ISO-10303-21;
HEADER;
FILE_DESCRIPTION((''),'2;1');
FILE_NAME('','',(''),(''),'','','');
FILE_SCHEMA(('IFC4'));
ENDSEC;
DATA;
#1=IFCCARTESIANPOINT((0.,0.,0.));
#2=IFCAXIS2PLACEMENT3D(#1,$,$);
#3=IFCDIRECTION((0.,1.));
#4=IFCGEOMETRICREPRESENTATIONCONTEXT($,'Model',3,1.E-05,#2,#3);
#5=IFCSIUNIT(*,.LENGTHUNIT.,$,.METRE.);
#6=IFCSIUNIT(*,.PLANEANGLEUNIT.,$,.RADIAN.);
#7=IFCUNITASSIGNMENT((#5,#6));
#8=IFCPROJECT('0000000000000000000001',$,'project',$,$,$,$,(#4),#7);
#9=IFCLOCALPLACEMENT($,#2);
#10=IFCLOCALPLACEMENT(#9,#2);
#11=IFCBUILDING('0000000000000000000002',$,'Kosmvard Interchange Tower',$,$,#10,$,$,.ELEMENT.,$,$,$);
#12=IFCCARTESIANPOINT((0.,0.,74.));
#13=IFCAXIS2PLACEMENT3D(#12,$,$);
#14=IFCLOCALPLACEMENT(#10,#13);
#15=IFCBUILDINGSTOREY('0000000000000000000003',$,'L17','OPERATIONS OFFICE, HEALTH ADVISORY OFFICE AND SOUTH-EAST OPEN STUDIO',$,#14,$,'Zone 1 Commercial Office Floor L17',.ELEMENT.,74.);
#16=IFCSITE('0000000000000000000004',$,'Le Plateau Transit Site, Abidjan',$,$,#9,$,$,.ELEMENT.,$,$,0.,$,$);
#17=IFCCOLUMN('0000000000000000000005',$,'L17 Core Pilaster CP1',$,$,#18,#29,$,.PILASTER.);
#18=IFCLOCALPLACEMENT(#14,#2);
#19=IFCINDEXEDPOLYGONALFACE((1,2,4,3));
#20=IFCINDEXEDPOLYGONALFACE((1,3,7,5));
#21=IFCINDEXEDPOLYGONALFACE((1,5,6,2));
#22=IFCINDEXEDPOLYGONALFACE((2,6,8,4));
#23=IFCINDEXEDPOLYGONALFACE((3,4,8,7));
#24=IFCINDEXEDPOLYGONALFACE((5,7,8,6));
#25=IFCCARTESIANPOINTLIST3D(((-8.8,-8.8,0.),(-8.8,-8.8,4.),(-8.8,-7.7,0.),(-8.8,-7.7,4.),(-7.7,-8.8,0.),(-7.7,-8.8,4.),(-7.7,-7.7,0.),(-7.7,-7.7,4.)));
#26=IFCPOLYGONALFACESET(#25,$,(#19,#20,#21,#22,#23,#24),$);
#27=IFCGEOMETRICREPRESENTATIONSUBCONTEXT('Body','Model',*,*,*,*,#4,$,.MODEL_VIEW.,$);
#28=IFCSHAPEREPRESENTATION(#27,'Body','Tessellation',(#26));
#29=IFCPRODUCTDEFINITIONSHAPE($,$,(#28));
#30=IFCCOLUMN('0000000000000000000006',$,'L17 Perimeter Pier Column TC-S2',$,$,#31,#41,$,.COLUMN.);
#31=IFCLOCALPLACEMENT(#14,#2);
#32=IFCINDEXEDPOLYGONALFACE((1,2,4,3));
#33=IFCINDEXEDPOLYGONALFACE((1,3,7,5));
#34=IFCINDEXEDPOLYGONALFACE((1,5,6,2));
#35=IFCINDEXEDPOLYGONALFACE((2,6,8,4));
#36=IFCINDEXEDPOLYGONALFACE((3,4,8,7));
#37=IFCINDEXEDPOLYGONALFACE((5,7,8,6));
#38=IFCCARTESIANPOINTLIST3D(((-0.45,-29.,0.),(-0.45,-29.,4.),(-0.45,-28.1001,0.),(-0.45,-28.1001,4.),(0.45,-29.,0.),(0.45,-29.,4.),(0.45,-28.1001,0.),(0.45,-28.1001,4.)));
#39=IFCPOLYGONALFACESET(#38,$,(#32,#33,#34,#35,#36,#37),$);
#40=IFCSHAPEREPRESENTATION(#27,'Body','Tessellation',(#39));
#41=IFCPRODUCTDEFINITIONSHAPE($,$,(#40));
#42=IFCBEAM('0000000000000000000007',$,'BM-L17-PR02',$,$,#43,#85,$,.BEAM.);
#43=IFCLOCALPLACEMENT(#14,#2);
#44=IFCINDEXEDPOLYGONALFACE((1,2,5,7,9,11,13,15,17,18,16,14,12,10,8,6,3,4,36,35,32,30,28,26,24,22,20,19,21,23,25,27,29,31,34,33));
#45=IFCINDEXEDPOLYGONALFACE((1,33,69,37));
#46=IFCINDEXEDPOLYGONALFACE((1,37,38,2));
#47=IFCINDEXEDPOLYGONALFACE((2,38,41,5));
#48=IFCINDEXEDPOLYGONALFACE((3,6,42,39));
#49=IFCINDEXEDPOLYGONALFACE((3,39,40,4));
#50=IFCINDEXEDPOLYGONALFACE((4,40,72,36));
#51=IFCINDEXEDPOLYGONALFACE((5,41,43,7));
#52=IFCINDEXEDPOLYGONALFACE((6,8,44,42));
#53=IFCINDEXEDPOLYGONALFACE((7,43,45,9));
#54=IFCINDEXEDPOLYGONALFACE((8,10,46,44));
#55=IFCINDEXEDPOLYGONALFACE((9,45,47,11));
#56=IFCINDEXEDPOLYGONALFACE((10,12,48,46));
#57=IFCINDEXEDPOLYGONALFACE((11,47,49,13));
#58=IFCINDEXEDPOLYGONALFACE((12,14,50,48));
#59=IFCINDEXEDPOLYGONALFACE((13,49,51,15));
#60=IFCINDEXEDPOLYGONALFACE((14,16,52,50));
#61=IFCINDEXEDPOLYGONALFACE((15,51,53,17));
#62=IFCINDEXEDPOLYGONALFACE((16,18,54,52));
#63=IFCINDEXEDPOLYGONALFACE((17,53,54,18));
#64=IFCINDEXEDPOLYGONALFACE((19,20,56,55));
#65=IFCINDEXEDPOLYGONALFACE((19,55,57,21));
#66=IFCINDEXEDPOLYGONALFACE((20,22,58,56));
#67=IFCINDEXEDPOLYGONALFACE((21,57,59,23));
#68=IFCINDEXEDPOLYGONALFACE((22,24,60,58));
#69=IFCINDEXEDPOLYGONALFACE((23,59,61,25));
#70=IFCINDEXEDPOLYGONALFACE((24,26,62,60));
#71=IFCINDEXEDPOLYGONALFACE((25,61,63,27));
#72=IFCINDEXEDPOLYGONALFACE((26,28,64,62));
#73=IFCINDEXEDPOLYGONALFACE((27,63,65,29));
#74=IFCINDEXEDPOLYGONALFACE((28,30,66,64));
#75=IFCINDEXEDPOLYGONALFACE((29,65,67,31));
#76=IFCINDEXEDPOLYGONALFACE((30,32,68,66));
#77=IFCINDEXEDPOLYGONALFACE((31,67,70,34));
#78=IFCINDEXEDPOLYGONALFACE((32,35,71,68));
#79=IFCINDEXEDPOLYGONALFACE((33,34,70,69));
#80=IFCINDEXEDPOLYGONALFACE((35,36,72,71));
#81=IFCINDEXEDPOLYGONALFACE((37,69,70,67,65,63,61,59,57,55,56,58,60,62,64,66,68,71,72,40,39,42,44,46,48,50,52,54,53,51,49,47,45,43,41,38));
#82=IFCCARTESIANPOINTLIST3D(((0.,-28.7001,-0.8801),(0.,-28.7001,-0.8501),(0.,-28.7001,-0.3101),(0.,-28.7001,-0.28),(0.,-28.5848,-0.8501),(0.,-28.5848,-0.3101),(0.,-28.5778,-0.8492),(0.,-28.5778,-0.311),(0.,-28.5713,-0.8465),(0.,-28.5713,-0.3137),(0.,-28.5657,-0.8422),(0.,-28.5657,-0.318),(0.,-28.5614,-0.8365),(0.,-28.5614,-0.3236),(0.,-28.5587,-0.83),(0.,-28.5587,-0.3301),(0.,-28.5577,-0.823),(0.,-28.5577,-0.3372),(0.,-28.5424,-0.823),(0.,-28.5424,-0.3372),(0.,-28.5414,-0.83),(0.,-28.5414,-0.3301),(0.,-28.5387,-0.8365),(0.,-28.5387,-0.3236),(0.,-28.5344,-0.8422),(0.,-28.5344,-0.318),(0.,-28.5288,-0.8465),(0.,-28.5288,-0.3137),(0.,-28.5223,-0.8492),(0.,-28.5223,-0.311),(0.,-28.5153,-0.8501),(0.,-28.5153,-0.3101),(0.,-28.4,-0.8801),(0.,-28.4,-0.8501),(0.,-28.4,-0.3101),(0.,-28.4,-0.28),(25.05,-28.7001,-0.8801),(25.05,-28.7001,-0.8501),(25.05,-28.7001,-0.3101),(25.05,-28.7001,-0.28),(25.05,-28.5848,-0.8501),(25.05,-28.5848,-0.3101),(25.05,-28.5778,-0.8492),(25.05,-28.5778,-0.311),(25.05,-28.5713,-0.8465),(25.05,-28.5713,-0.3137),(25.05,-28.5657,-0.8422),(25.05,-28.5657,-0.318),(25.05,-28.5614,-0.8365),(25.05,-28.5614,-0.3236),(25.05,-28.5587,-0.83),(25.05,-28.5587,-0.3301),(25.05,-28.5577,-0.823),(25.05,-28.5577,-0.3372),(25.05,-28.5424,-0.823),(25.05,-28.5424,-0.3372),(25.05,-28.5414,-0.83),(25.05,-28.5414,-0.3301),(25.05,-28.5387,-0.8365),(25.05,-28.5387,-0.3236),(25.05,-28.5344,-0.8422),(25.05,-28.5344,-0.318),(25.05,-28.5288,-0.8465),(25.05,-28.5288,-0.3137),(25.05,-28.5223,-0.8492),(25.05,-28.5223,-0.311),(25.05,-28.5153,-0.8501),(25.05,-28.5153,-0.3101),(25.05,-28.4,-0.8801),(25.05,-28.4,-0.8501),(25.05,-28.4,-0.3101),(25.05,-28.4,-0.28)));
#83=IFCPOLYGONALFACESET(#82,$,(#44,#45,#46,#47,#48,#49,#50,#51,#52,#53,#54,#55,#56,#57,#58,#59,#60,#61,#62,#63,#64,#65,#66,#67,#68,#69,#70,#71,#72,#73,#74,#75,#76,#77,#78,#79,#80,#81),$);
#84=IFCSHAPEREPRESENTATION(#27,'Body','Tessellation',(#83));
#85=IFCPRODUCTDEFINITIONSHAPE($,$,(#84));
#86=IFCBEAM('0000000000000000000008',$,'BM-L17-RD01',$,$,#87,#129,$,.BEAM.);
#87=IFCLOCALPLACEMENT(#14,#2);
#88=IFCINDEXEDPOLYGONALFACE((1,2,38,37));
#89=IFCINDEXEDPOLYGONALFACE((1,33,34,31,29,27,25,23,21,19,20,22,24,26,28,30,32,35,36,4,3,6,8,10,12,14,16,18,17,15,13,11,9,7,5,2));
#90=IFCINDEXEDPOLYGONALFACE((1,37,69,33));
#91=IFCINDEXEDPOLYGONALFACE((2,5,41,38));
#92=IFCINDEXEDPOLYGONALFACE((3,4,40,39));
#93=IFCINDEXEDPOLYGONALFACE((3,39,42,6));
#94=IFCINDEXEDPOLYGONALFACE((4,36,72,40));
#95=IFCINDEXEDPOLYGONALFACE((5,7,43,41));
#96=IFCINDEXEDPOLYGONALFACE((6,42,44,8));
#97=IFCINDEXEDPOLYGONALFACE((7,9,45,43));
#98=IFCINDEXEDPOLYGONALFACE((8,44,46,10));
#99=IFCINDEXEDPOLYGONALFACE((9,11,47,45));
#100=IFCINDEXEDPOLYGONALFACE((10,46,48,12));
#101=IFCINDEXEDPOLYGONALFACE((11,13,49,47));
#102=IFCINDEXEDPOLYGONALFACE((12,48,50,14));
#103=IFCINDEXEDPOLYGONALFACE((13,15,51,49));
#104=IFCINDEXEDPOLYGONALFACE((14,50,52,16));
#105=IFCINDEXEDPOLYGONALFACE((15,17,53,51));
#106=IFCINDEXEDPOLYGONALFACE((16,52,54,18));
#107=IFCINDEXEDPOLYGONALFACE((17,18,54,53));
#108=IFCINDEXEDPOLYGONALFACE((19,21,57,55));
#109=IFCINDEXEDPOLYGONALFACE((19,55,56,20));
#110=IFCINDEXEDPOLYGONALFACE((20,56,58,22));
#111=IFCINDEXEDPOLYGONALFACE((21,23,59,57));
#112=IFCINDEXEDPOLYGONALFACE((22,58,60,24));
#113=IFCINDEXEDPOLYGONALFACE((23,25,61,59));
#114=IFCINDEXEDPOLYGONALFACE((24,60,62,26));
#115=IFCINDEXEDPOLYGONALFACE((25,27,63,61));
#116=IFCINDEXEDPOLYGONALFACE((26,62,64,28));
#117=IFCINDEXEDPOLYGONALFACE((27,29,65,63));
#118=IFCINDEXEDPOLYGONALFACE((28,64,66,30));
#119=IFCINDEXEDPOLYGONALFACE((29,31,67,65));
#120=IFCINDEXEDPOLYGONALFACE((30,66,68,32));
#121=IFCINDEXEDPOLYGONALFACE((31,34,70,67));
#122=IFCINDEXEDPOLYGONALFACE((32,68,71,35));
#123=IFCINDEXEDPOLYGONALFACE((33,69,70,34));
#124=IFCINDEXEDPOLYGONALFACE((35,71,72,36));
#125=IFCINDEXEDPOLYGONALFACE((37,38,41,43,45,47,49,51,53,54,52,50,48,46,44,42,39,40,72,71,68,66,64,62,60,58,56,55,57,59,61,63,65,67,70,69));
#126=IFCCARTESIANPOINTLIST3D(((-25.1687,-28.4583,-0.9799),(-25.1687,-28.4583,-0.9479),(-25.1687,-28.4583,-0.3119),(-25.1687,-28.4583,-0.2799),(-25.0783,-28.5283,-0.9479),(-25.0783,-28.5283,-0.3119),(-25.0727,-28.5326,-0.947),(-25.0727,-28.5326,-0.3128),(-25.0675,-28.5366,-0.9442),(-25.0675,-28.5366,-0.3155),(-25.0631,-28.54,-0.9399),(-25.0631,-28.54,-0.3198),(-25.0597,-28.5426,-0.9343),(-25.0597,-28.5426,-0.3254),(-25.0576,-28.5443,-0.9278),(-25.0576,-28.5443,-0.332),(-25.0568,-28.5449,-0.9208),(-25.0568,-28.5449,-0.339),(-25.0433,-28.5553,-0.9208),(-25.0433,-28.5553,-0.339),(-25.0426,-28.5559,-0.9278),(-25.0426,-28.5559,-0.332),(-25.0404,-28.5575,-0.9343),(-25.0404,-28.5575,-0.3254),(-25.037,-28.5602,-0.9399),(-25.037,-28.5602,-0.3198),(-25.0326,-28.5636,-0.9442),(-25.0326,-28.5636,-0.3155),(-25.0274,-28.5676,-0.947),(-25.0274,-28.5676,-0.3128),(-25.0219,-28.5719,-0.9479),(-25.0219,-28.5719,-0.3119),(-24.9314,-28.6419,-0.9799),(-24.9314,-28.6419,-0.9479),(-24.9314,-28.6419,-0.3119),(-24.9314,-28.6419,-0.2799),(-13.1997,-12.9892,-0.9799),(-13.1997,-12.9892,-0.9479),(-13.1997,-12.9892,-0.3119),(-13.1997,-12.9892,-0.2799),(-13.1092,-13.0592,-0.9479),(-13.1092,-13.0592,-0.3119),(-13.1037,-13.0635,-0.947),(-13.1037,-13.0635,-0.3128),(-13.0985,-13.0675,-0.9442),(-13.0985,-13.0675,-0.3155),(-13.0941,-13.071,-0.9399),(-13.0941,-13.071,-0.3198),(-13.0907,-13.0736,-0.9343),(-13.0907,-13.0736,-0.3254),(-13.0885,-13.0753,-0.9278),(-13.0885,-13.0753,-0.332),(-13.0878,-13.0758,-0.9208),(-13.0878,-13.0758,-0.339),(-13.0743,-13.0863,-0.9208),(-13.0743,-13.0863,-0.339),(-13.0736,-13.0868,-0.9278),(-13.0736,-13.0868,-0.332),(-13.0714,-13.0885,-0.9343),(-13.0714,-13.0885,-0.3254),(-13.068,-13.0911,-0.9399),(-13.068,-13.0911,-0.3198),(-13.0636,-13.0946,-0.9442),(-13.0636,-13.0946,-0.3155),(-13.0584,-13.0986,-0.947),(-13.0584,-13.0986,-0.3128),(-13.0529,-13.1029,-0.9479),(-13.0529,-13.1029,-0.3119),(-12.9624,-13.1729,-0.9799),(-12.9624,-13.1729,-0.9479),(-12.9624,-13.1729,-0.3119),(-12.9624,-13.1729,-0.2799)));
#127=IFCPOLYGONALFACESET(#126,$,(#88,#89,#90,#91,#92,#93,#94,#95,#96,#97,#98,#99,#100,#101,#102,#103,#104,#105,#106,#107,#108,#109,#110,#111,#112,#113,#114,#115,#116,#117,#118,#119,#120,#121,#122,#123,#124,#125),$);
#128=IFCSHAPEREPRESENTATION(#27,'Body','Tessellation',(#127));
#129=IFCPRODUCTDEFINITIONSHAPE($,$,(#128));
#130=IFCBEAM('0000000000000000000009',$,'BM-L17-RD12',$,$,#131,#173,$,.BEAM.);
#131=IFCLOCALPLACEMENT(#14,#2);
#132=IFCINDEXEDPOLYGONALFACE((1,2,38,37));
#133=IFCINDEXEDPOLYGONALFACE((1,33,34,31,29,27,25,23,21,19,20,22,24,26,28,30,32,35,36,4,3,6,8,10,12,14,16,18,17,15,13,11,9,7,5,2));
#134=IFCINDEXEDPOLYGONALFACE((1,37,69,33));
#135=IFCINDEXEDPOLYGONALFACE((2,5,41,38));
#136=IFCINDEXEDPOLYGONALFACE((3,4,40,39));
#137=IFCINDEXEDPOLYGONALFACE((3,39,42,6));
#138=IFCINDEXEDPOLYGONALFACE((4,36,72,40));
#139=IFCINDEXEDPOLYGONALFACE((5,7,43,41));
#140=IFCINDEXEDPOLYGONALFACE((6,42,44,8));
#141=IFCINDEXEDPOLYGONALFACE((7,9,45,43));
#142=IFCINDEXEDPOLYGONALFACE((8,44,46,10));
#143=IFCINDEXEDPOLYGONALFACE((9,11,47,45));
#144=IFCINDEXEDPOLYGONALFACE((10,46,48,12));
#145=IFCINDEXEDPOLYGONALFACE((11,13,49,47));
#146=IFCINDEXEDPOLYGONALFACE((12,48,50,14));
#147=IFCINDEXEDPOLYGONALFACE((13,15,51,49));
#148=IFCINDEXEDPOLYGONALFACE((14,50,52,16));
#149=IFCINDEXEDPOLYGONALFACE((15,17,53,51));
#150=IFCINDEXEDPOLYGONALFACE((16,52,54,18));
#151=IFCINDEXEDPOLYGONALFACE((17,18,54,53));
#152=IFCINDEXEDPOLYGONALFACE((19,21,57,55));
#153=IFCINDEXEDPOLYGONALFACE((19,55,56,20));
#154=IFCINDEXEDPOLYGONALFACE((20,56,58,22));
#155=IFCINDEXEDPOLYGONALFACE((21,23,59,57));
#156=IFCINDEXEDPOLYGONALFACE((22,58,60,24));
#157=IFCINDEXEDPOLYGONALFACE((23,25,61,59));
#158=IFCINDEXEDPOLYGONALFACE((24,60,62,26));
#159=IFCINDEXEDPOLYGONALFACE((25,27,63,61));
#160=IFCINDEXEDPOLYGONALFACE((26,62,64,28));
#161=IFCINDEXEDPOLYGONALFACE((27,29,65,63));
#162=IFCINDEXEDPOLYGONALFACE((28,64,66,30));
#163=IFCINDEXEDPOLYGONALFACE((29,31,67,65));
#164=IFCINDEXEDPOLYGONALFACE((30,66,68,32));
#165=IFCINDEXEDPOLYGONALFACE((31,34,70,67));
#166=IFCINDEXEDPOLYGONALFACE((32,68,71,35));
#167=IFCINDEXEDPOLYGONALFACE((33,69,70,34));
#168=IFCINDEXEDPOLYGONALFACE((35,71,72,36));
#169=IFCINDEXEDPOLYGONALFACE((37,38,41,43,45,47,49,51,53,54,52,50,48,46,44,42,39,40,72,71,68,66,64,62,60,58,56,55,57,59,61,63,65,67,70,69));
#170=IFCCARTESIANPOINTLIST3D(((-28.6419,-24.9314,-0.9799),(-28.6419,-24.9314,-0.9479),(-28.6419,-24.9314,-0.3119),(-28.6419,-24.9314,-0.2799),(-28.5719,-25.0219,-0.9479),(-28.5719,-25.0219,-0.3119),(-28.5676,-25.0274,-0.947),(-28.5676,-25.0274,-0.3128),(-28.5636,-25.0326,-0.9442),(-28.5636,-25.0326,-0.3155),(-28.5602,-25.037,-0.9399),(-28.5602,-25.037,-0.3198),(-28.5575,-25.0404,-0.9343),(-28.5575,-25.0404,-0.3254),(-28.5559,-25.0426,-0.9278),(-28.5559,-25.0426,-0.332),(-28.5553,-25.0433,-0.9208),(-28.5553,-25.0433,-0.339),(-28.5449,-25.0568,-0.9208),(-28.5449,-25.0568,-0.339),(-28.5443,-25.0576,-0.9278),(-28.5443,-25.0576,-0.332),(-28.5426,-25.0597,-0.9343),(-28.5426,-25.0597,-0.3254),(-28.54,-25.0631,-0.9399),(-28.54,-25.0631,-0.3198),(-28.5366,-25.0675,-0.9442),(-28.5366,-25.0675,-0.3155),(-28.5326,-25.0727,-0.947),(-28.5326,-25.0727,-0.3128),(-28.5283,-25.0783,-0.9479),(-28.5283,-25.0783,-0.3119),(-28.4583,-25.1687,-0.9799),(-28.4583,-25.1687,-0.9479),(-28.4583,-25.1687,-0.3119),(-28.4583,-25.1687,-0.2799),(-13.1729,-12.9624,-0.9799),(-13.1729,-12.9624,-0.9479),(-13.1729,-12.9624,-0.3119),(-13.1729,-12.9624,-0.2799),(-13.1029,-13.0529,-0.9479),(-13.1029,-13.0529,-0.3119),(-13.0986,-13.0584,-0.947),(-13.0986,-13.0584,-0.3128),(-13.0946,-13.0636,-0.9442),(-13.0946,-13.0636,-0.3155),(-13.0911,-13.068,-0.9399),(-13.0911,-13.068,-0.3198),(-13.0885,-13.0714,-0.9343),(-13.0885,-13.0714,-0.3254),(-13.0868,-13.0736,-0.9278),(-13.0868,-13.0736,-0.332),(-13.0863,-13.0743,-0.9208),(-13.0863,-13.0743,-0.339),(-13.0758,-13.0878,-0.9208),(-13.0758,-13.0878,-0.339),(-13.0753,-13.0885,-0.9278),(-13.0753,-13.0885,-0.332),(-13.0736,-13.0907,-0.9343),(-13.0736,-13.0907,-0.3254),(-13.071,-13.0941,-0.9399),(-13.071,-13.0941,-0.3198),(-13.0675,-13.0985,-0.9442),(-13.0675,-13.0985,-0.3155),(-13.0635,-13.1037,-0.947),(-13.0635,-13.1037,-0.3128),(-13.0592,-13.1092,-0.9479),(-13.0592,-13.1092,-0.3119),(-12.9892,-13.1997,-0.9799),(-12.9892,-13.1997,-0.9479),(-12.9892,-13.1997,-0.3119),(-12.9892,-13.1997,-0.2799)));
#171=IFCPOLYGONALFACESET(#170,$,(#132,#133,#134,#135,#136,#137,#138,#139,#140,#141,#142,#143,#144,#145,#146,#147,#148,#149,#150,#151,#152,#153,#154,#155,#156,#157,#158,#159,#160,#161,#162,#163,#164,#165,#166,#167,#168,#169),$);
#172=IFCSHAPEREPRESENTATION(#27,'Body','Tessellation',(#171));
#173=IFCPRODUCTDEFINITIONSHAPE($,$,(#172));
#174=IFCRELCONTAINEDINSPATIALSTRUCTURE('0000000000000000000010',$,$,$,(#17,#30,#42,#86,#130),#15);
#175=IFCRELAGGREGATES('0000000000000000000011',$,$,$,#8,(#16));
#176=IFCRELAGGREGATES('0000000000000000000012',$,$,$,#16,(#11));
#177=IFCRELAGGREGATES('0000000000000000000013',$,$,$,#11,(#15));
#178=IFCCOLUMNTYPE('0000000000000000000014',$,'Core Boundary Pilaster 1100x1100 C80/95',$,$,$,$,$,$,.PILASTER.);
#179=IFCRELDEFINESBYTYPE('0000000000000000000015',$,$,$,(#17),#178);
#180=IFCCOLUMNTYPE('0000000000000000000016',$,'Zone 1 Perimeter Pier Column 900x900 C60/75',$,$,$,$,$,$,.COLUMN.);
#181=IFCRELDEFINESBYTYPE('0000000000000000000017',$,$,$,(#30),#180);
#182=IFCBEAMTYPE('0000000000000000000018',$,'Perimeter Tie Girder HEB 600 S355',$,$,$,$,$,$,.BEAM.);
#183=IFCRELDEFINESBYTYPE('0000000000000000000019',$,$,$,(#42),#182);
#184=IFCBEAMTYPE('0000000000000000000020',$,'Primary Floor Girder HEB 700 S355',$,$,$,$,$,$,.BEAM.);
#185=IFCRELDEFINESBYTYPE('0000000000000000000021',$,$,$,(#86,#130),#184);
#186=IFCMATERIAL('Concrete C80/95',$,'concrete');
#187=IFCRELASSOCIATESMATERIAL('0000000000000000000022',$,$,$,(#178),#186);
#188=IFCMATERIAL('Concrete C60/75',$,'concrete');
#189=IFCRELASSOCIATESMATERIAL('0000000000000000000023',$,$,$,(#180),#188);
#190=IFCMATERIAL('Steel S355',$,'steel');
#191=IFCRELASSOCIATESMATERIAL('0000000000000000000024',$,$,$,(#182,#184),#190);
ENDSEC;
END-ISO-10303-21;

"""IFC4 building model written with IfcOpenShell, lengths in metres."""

from ifc_helpers import new_model, si_unit, direction, frame, origin, origin_2d, place, context, subcontext, project, spatial, rectangle, i_section, extrude, source, transform, mapped, material, material_profile, profile_set, type_object, element, save


model = new_model("IFC4")

# Units and contexts
model_context = context("Model", 3, precision=1e-05, world=origin(), true_north=direction((0.0, 1.0)))
body_context = subcontext(model_context, "Body", "Model", "MODEL_VIEW")
ifc_project = project(units=[si_unit("LENGTHUNIT", "METRE"), si_unit("PLANEANGLEUNIT", "RADIAN")], contexts=[model_context])

# Site, building, storey
site_placement = place(None, origin())
site = spatial("IfcSite", under=ifc_project, at=site_placement, Name="Le Plateau Transit Site, Abidjan", CompositionType="ELEMENT", RefElevation=0.0)
building_placement = place(site_placement, origin())
building = spatial("IfcBuilding", under=site, at=building_placement, Name="Kosmvard Interchange Tower", CompositionType="ELEMENT")
storey_placement = place(building_placement, frame((0.0, 0.0, 74.0)))
storey = spatial("IfcBuildingStorey", under=building, at=storey_placement, Name="L17", Description="OPERATIONS OFFICE, HEALTH ADVISORY OFFICE AND SOUTH-EAST OPEN STUDIO", LongName="Zone 1 Commercial Office Floor L17", CompositionType="ELEMENT", Elevation=74.0)

# Columns
ifc_material_1 = material(Name="Concrete C80/95", Category="concrete")
ifc_material_profile_1 = material_profile(ifc_material_1, rectangle(XDim=1.1001, YDim=1.1001, at=origin_2d()), Name="CP 1100x1100")
ifc_profile_set_1 = profile_set([ifc_material_profile_1], Name="Concrete C80/95")
column_type_1 = type_object("IfcColumnType", Name="Core Boundary Pilaster 1100x1100 C80/95", PredefinedType="PILASTER", material=ifc_profile_set_1)
shared_shape_1 = source(origin(), body_context, "Body", "SweptSolid", [
    extrude(rectangle(XDim=1.1001, YDim=1.1001, at=origin_2d()), origin(), (0.0, 0.0, 1.0), 4.0),
])
column_1_placement = place(storey_placement, frame((-8.25, -8.25, 0.0), z_axis=(0.0, 0.0, 1.0), x_axis=(1.0, 0.0, 0.0)))
element("IfcColumn", 1, at=column_1_placement, inside=storey, type_object=column_type_1, Name="L17 Core Pilaster CP1", PredefinedType="PILASTER", context=body_context, shape_type="MappedRepresentation", body=[
    mapped(shared_shape_1, transform((0.0, 0.0, 0.0), scale=1.0)),
])
ifc_material_2 = material(Name="Concrete C60/75", Category="concrete")
ifc_material_profile_2 = material_profile(ifc_material_2, rectangle(XDim=0.8999, YDim=0.8999, at=origin_2d()), Name="TC 900x900")
ifc_profile_set_2 = profile_set([ifc_material_profile_2], Name="Concrete C60/75")
column_type_2 = type_object("IfcColumnType", Name="Zone 1 Perimeter Pier Column 900x900 C60/75", PredefinedType="COLUMN", material=ifc_profile_set_2)
shared_shape_2 = source(origin(), body_context, "Body", "SweptSolid", [
    extrude(rectangle(XDim=0.8999, YDim=0.8999, at=origin_2d()), origin(), (0.0, 0.0, 1.0), 4.0),
])
column_2_placement = place(storey_placement, frame((0.0, -28.55, 0.0), z_axis=(0.0, 0.0, 1.0), x_axis=(1.0, 0.0, 0.0)))
element("IfcColumn", 2, at=column_2_placement, inside=storey, type_object=column_type_2, Name="L17 Perimeter Pier Column TC-S2", PredefinedType="COLUMN", context=body_context, shape_type="MappedRepresentation", body=[
    mapped(shared_shape_2, transform((0.0, 0.0, 0.0), scale=1.0)),
])

# Beams
ifc_material_3 = material(Name="Steel S355", Category="steel")
ifc_material_profile_3 = material_profile(ifc_material_3, i_section(OverallWidth=0.3, OverallDepth=0.6001, WebThickness=0.0154, FlangeThickness=0.03, FilletRadius=0.0271, at=origin_2d()), Name="HEB 600")
ifc_profile_set_3 = profile_set([ifc_material_profile_3], Name="Steel S355")
beam_type_1 = type_object("IfcBeamType", Name="Perimeter Tie Girder HEB 600 S355", PredefinedType="BEAM", material=ifc_profile_set_3)
shared_shape_3 = source(origin(), body_context, "Body", "SweptSolid", [
    extrude(i_section(OverallWidth=0.3, OverallDepth=0.6001, WebThickness=0.0154, FlangeThickness=0.03, FilletRadius=0.0271, at=origin_2d()), origin(), (0.0, 0.0, 1.0), 25.05),
])
beam_placement = place(storey_placement, frame((0.0, -28.55, -0.5801), z_axis=(1.0, 0.0, 0.0), x_axis=(0.0, 1.0, 0.0)))
element("IfcBeam", 3, at=beam_placement, inside=storey, type_object=beam_type_1, Name="BM-L17-PR02", PredefinedType="BEAM", context=body_context, shape_type="MappedRepresentation", body=[
    mapped(shared_shape_3, transform((0.0, 0.0, 0.0), scale=1.0)),
])
ifc_material_profile_4 = material_profile(ifc_material_3, i_section(OverallWidth=0.3, OverallDepth=0.7, WebThickness=0.0171, FlangeThickness=0.032, FilletRadius=0.0271, at=origin_2d()), Name="HEB 700")
ifc_profile_set_4 = profile_set([ifc_material_profile_4], Name="Steel S355")
beam_type_2 = type_object("IfcBeamType", Name="Primary Floor Girder HEB 700 S355", PredefinedType="BEAM", material=ifc_profile_set_4)
shared_shape_4 = source(origin(), body_context, "Body", "SweptSolid", [
    extrude(i_section(OverallWidth=0.3, OverallDepth=0.7, WebThickness=0.0171, FlangeThickness=0.032, FilletRadius=0.0271, at=origin_2d()), origin(), (0.0, 0.0, 1.0), 19.5588),
])
for number, where, z_axis, x_axis, name in (
    (4, (-13.0811, -13.0811, -0.6299), (-0.611949, -0.790897, 0.0), (0.790897, -0.611949, 0.0), "BM-L17-RD01"),
    (5, (-13.0811, -13.0811, -0.6299), (-0.790897, -0.611949, 0.0), (0.611949, -0.790897, 0.0), "BM-L17-RD12"),
):
    element("IfcBeam", number, at=place(storey_placement, frame(where, z_axis=z_axis, x_axis=x_axis)), inside=storey, type_object=beam_type_2, Name=name, PredefinedType="BEAM", context=body_context, shape_type="MappedRepresentation", body=[
        mapped(shared_shape_4, transform((0.0, 0.0, 0.0), scale=1.0)),
    ])

save(model, "model.ifc")
